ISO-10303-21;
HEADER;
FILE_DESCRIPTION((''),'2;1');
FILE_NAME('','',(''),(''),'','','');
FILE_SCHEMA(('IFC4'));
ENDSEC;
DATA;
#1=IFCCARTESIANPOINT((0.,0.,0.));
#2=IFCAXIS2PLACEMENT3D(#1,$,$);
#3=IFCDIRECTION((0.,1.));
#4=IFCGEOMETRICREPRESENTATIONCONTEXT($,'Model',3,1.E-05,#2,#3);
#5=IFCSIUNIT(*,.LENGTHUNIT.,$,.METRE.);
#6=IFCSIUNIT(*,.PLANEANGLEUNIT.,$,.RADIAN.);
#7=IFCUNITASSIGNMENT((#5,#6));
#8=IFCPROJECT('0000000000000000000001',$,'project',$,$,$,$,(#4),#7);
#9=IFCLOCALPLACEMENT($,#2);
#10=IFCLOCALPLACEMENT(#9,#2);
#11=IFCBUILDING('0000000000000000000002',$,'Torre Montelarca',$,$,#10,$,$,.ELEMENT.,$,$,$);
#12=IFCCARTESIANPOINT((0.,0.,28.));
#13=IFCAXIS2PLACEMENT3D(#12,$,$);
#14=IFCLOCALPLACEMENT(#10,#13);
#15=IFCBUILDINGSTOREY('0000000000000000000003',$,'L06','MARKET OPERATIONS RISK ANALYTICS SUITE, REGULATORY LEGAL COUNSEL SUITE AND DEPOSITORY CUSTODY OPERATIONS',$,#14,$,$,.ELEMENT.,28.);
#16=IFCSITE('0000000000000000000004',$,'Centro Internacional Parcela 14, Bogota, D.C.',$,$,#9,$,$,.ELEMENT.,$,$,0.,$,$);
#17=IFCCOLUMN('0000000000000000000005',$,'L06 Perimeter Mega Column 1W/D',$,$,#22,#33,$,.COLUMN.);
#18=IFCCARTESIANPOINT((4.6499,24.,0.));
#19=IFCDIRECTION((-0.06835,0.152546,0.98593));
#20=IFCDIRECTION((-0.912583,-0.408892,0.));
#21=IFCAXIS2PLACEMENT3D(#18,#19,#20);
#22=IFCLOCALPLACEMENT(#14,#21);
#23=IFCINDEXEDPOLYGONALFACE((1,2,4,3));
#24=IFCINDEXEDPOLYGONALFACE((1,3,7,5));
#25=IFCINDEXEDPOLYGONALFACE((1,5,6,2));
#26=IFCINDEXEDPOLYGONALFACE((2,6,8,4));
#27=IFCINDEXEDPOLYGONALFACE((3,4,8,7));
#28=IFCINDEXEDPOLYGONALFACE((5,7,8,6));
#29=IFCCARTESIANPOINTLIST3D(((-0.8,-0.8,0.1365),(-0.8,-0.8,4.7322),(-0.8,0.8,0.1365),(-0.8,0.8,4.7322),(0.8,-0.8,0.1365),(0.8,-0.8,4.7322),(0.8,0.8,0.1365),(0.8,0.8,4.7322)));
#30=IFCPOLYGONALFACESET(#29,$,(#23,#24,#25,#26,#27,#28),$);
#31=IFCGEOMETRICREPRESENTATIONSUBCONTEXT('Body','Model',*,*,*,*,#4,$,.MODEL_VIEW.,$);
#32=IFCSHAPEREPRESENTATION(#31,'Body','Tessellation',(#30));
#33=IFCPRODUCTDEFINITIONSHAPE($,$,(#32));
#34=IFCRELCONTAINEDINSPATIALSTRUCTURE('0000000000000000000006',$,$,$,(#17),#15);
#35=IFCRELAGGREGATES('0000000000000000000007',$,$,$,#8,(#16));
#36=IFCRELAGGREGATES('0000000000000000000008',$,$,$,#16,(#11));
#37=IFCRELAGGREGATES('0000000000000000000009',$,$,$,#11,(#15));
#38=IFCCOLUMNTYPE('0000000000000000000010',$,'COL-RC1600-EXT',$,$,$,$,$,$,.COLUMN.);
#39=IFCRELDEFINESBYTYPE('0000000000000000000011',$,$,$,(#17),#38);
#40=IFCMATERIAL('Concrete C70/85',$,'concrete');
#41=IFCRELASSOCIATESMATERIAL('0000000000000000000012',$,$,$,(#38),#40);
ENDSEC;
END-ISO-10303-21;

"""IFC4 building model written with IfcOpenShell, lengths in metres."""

from ifc_helpers import new_model, si_unit, direction, frame, origin, origin_2d, place, context, subcontext, project, spatial, rectangle, extrude, clip, halfspace, material, material_profile, profile_set, type_object, element, save


model = new_model("IFC4")

# Units and contexts
model_context = context("Model", 3, precision=1e-05, world=origin(), true_north=direction((0.0, 1.0)))
body_context = subcontext(model_context, "Body", "Model", "MODEL_VIEW")
ifc_project = project(units=[si_unit("LENGTHUNIT", "METRE"), si_unit("PLANEANGLEUNIT", "RADIAN")], contexts=[model_context])

# Site, building, storey
site_placement = place(None, origin())
site = spatial("IfcSite", under=ifc_project, at=site_placement, Name="Centro Internacional Parcela 14, Bogota, D.C.", CompositionType="ELEMENT", RefElevation=0.0)
building_placement = place(site_placement, origin())
building = spatial("IfcBuilding", under=site, at=building_placement, Name="Torre Montelarca", CompositionType="ELEMENT")
storey_placement = place(building_placement, frame((0.0, 0.0, 28.0)))
storey = spatial("IfcBuildingStorey", under=building, at=storey_placement, Name="L06", Description="MARKET OPERATIONS RISK ANALYTICS SUITE, REGULATORY LEGAL COUNSEL SUITE AND DEPOSITORY CUSTODY OPERATIONS", CompositionType="ELEMENT", Elevation=28.0)

# Column
ifc_material_1 = material(Name="Concrete C70/85", Category="concrete")
ifc_material_profile_1 = material_profile(ifc_material_1, rectangle(XDim=1.6001, YDim=1.6001, at=origin_2d()), Name="RC1600X1600", Category="concrete")
ifc_profile_set_1 = profile_set([ifc_material_profile_1], Name="Concrete C70/85")
column_type_1 = type_object("IfcColumnType", Name="COL-RC1600-EXT", PredefinedType="COLUMN", material=ifc_profile_set_1)
column_1_placement = place(storey_placement, frame((4.6499, 24.0, 0.0), z_axis=(-0.06835, 0.152546, 0.98593), x_axis=(-0.912583, -0.408892, 0.0)))
element("IfcColumn", 1, at=column_1_placement, inside=storey, type_object=column_type_1, Name="L06 Perimeter Mega Column 1W/D", PredefinedType="COLUMN", context=body_context, shape_type="Clipping", body=[
    clip(clip(extrude(rectangle(XDim=1.6001, YDim=1.6001, at=origin_2d()), origin(), (0.0, 0.0, 1.0), 4.8687), halfspace(frame((0.0, 0.0, 0.1365), z_axis=(0.0, 0.0, -1.0), x_axis=(1.0, 0.0, 0.0)), False)), halfspace(frame((0.0, 0.0, 4.7322), z_axis=(0.0, 0.0, 1.0), x_axis=(1.0, 0.0, 0.0)), False)),
])

save(model, "model.ifc")
